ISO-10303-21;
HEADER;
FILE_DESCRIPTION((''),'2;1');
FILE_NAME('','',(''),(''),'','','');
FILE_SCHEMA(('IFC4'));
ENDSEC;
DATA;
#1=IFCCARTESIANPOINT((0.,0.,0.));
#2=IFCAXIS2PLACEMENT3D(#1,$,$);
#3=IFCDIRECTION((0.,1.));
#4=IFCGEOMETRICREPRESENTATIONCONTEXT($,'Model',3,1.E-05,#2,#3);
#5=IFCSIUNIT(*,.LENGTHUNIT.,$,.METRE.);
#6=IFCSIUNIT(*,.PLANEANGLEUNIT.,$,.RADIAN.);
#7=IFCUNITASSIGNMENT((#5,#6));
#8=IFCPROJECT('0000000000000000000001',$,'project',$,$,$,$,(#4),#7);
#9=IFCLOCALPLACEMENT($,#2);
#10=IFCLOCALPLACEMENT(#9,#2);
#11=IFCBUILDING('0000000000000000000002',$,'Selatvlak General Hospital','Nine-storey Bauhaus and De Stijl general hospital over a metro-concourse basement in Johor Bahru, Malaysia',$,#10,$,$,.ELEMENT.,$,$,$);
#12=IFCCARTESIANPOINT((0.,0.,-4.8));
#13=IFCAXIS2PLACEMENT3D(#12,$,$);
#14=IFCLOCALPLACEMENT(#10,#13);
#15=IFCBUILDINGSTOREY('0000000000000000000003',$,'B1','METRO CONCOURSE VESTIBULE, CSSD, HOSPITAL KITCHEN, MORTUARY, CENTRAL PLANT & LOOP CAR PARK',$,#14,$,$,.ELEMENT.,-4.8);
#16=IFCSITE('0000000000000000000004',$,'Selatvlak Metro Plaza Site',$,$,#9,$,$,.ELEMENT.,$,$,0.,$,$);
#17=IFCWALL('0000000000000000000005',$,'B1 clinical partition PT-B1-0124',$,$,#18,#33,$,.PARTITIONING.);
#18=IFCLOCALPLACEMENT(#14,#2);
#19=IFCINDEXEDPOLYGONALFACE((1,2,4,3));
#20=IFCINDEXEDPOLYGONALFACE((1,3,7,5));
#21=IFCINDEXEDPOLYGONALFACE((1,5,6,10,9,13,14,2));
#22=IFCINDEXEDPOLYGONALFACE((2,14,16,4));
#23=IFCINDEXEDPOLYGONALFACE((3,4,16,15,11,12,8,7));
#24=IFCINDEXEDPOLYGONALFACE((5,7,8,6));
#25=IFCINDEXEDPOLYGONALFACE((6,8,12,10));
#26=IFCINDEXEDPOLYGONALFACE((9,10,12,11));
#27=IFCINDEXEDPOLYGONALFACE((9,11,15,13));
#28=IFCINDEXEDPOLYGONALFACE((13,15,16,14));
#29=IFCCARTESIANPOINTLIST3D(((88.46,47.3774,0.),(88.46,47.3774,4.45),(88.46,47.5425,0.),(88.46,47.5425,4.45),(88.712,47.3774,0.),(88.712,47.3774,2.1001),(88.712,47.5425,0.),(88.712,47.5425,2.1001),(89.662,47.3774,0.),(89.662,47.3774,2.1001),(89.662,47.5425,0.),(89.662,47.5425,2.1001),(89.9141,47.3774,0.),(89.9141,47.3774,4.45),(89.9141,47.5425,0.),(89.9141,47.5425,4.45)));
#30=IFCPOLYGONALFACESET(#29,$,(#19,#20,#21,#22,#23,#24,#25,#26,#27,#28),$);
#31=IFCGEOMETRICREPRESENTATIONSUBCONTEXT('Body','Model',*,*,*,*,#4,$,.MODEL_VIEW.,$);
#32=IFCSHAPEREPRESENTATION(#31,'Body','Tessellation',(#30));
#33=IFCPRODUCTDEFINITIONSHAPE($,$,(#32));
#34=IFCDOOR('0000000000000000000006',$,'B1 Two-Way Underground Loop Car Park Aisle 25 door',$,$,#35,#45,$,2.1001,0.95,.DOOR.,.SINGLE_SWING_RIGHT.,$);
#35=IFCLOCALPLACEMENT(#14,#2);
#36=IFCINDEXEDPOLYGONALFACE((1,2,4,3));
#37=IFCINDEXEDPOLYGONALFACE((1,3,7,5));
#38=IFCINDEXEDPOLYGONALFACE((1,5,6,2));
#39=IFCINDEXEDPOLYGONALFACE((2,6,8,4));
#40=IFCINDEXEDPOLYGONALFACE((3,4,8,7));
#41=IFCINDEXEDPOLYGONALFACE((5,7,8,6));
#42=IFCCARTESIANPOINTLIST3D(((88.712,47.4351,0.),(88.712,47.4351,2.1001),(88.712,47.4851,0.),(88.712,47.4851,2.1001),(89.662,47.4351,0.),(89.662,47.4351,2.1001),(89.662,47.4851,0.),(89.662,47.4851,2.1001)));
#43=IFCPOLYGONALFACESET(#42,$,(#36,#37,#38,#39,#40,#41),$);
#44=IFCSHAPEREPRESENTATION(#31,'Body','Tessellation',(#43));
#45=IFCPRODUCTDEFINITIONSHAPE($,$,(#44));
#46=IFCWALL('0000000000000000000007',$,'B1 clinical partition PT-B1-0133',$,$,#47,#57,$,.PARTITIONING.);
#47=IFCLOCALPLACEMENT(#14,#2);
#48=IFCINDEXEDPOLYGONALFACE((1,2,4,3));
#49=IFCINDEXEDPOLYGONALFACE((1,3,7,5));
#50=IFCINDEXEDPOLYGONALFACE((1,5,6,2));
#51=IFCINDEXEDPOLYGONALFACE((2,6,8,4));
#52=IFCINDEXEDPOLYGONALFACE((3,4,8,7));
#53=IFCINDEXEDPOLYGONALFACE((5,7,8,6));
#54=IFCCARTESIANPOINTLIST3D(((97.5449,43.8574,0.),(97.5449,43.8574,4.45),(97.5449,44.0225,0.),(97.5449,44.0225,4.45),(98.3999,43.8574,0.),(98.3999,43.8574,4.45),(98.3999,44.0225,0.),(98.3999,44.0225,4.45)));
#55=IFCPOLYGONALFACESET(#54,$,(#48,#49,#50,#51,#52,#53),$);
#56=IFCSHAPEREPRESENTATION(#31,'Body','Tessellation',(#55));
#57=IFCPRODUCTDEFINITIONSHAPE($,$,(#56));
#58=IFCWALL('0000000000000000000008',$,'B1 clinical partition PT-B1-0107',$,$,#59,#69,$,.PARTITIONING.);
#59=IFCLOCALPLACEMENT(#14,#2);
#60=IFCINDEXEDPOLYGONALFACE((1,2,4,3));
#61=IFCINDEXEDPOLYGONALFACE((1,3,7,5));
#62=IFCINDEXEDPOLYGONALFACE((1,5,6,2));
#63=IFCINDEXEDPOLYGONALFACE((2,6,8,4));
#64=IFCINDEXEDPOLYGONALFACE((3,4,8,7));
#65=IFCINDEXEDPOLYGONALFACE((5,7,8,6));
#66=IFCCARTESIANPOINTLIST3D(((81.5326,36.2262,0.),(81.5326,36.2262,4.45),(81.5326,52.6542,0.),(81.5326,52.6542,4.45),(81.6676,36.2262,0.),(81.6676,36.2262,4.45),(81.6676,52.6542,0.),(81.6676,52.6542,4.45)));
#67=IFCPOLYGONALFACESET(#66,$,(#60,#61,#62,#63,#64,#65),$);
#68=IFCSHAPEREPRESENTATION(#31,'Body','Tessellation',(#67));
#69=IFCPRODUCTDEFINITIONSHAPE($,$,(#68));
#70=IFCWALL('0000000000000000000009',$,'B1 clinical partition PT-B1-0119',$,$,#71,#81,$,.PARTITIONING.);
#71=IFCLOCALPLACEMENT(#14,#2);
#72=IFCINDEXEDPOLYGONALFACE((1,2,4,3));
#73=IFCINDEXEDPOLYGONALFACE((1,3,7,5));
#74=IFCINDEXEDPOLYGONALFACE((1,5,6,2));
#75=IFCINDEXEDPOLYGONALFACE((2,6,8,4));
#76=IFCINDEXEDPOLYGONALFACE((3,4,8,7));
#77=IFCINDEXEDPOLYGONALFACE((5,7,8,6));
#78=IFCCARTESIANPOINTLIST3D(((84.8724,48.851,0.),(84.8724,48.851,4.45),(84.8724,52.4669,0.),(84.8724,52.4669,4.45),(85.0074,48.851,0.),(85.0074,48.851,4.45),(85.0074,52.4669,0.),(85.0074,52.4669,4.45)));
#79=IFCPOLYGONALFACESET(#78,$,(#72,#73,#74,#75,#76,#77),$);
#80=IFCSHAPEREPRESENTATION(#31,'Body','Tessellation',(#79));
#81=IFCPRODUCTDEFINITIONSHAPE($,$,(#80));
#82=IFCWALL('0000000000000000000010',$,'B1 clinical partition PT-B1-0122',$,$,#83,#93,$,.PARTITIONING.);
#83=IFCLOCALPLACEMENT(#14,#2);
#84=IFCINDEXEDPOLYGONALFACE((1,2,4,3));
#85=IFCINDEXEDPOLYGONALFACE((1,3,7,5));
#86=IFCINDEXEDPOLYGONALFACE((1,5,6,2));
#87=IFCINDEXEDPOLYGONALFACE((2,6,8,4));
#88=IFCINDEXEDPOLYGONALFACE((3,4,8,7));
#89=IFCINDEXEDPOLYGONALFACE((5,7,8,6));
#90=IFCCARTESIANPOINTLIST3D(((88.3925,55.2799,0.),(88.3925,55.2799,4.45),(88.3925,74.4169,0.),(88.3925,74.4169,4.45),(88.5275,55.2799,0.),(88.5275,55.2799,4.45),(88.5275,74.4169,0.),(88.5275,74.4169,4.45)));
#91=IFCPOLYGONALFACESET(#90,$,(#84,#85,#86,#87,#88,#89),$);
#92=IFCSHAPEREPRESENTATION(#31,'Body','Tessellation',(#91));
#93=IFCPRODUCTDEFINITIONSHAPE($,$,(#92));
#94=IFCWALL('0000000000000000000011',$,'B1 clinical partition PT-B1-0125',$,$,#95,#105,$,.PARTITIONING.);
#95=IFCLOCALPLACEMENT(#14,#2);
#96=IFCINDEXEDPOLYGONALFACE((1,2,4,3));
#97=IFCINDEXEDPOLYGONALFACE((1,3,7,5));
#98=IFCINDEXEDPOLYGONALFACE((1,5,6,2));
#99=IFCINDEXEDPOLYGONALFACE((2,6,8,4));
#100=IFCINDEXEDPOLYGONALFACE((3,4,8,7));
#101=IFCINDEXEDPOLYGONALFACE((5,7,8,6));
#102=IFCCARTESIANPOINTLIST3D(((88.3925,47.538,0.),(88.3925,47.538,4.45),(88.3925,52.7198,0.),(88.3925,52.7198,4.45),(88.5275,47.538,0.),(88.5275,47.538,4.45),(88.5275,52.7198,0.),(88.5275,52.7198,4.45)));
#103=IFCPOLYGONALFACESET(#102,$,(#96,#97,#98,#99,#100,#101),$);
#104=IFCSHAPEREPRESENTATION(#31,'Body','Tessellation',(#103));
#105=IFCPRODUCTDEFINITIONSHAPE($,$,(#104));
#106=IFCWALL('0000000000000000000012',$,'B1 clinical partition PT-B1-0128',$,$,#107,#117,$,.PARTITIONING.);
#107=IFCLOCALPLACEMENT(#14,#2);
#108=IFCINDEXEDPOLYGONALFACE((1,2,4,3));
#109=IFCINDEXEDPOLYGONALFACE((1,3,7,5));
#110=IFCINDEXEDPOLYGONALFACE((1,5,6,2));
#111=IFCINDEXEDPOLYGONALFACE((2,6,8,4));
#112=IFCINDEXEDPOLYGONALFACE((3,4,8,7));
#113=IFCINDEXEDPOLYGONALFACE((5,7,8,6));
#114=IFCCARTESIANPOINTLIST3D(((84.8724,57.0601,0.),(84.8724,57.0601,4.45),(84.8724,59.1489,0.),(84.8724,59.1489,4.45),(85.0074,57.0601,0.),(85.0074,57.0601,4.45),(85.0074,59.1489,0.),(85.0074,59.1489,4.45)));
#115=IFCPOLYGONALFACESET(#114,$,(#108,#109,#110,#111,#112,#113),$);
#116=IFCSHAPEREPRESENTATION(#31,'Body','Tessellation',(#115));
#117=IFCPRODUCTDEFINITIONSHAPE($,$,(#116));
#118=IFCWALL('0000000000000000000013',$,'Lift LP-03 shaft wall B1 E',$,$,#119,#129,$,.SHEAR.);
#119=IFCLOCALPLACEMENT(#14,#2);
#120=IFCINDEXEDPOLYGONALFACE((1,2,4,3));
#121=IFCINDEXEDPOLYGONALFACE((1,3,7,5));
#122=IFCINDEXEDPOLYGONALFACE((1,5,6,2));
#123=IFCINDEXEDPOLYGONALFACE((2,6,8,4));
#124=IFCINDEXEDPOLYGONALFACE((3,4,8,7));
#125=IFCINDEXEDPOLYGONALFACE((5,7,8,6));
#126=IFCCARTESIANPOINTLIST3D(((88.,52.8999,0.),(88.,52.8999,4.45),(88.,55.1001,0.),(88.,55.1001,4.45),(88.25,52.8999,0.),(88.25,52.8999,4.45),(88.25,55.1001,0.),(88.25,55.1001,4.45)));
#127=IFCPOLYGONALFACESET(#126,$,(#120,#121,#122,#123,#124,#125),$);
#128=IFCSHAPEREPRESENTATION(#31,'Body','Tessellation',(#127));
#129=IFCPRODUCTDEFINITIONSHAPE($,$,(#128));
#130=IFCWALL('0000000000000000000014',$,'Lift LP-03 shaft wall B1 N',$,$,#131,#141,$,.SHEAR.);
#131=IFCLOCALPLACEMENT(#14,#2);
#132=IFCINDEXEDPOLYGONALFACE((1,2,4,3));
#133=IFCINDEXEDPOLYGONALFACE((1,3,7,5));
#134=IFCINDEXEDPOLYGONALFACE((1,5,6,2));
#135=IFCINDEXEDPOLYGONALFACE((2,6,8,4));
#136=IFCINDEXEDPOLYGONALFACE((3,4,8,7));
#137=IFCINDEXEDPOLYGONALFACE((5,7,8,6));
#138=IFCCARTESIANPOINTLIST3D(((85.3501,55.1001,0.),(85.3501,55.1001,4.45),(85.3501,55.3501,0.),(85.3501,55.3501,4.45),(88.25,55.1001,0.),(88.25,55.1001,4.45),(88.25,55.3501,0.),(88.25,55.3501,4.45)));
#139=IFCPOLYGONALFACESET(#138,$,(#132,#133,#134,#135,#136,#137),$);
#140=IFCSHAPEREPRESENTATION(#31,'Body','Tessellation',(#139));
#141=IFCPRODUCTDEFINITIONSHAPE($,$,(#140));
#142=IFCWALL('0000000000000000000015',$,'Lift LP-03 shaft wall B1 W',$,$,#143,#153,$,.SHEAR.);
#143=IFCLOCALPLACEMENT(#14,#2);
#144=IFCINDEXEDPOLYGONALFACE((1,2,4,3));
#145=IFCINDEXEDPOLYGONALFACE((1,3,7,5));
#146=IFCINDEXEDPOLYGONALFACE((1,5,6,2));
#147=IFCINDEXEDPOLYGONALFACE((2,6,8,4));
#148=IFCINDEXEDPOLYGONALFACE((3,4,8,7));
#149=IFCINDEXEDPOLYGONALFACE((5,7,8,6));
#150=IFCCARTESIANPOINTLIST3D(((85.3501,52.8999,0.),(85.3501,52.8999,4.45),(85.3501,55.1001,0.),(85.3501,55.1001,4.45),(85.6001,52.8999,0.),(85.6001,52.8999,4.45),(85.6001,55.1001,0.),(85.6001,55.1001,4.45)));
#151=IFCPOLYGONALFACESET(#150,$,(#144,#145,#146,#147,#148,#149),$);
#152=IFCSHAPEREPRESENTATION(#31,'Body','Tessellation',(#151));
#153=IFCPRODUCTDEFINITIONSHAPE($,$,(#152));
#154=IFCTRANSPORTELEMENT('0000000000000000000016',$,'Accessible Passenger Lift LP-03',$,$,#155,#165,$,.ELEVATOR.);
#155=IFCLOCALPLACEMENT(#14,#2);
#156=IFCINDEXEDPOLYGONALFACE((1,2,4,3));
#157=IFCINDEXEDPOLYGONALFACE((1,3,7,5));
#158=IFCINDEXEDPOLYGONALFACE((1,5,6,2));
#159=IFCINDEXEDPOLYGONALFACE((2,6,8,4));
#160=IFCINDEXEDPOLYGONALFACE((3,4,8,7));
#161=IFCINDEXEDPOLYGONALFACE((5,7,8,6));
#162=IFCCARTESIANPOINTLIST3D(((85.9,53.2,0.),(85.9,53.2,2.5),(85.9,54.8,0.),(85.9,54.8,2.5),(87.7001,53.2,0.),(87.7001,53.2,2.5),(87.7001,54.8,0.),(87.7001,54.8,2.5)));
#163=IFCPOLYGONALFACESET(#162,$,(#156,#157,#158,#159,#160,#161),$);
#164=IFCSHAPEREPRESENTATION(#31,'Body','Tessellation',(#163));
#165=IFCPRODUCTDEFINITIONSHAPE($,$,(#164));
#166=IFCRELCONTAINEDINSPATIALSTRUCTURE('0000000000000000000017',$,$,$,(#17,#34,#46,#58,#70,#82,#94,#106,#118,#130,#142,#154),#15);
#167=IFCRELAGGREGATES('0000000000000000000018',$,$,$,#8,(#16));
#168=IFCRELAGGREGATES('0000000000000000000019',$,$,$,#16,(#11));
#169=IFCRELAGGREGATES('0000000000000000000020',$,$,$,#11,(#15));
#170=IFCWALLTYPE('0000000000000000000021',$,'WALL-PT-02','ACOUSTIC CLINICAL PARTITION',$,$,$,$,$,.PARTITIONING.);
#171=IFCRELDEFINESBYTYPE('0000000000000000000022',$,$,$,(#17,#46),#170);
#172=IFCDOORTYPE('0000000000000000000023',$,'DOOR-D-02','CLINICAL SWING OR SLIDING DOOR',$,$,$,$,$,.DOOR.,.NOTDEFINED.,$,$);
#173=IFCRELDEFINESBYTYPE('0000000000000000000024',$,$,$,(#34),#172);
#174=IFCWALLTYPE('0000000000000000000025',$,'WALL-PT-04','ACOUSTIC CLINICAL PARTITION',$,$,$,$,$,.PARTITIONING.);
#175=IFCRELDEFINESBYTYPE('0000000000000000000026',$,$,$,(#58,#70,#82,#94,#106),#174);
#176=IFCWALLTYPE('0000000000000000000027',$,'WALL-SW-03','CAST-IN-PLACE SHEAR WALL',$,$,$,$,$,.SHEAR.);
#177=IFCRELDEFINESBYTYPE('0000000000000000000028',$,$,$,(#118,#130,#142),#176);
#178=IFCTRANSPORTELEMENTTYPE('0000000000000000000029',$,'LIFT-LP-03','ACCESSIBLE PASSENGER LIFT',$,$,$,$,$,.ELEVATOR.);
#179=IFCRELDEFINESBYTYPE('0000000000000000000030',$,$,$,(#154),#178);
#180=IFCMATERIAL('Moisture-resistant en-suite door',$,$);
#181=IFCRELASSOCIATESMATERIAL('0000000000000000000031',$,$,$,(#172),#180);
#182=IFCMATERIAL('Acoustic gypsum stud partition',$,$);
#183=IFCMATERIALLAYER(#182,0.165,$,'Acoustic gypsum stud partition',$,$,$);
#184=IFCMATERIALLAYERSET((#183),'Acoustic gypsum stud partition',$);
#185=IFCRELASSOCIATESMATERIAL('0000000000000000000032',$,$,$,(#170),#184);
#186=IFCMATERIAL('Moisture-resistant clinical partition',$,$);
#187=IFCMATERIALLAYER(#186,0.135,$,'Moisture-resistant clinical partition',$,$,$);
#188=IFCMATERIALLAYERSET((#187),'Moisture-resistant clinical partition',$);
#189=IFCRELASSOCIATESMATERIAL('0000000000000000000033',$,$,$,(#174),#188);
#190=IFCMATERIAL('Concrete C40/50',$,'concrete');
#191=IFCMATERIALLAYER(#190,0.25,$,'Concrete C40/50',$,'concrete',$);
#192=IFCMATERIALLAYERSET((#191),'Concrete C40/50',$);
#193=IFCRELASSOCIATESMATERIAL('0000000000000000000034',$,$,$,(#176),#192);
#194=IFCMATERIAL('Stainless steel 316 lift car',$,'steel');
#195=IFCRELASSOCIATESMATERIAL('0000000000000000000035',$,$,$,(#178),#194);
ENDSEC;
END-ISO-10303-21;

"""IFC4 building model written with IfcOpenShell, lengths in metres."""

from ifc_helpers import new_model, si_unit, direction, frame, frame_2d, origin, origin_2d, place, context, subcontext, project, spatial, rectangle, extrude, material, layer, layer_set, type_object, element, fill, save


model = new_model("IFC4")

# Units and contexts
model_context = context("Model", 3, precision=1e-05, world=origin(), true_north=direction((0.0, 1.0)))
body_context = subcontext(model_context, "Body", "Model", "MODEL_VIEW")
ifc_project = project(units=[si_unit("LENGTHUNIT", "METRE"), si_unit("PLANEANGLEUNIT", "RADIAN")], contexts=[model_context])

# Site, building, storey
site_placement = place(None, origin())
site = spatial("IfcSite", under=ifc_project, at=site_placement, Name="Selatvlak Metro Plaza Site", CompositionType="ELEMENT", RefElevation=0.0)
building_placement = place(site_placement, origin())
building = spatial("IfcBuilding", under=site, at=building_placement, Name="Selatvlak General Hospital", Description="Nine-storey Bauhaus and De Stijl general hospital over a metro-concourse basement in Johor Bahru, Malaysia", CompositionType="ELEMENT")
storey_placement = place(building_placement, frame((0.0, 0.0, -4.8)))
storey = spatial("IfcBuildingStorey", under=building, at=storey_placement, Name="B1", Description="METRO CONCOURSE VESTIBULE, CSSD, HOSPITAL KITCHEN, MORTUARY, CENTRAL PLANT & LOOP CAR PARK", CompositionType="ELEMENT", Elevation=-4.8)

# Shared definitions
ifc_material_1 = material(Name="Concrete C40/50", Category="concrete")

# Shared definitions
ifc_material_2 = material(Name="Acoustic gypsum stud partition")

# Shared definitions
ifc_material_3 = material(Name="Moisture-resistant en-suite door")
door_type_1 = type_object("IfcDoorType", Name="DOOR-D-02", Description="CLINICAL SWING OR SLIDING DOOR", OperationType="NOTDEFINED", PredefinedType="DOOR", material=ifc_material_3)

# Wall, opening, door
ifc_layer_1 = layer(ifc_material_2, 0.165, Name="Acoustic gypsum stud partition")
ifc_layer_set_1 = layer_set([ifc_layer_1], Name="Acoustic gypsum stud partition")
wall_type_1 = type_object("IfcWallType", Name="WALL-PT-02", Description="ACOUSTIC CLINICAL PARTITION", PredefinedType="PARTITIONING", material=ifc_layer_set_1)
wall_1_placement = place(storey_placement, frame((89.9141, 47.46, 0.0), z_axis=(0.0, 0.0, 1.0), x_axis=(-1.0, 0.0, 0.0)))
wall_1 = element("IfcWall", 1, at=wall_1_placement, inside=storey, type_object=wall_type_1, Name="B1 clinical partition PT-B1-0124", PredefinedType="PARTITIONING", context=body_context, shape_type="SweptSolid", body=[
    extrude(rectangle(XDim=1.4541, YDim=0.165, at=frame_2d((0.7271, 0.0))), origin(), (0.0, 0.0, 1.0), 4.45),
])
opening_1_placement = place(wall_1_placement, frame((0.252, 0.0, 0.0)))
opening_1 = element("IfcOpeningElement", 2, at=opening_1_placement, cuts=wall_1, PredefinedType="OPENING", context=body_context, shape_type="SweptSolid", body=[
    extrude(rectangle(XDim=0.95, YDim=2.1001, at=frame_2d((0.4751, 1.05))), frame((0.0, 0.0925, 0.0), z_axis=(0.0, -1.0, 0.0), x_axis=(1.0, 0.0, 0.0)), (0.0, 0.0, 1.0), 0.1851),
])
door_1_placement = place(opening_1_placement, origin())
door_1 = element("IfcDoor", 3, at=door_1_placement, inside=storey, type_object=door_type_1, Name="B1 Two-Way Underground Loop Car Park Aisle 25 door", OperationType="SINGLE_SWING_RIGHT", OverallHeight=2.1001, OverallWidth=0.95, PredefinedType="DOOR", context=body_context, shape_type="SweptSolid", body=[
    extrude(rectangle(XDim=0.95, YDim=2.1001, at=frame_2d((0.4751, 1.05))), frame((0.0, 0.0249, 0.0), z_axis=(0.0, -1.0, 0.0), x_axis=(1.0, 0.0, 0.0)), (0.0, 0.0, 1.0), 0.05),
])
fill(opening_1, door_1)

# Wall
wall_2_placement = place(storey_placement, frame((97.5449, 43.9399, 0.0), z_axis=(0.0, 0.0, 1.0), x_axis=(1.0, 0.0, 0.0)))
element("IfcWall", 4, at=wall_2_placement, inside=storey, type_object=wall_type_1, Name="B1 clinical partition PT-B1-0133", PredefinedType="PARTITIONING", context=body_context, shape_type="SweptSolid", body=[
    extrude(rectangle(XDim=0.855, YDim=0.165, at=frame_2d((0.4275, 0.0))), origin(), (0.0, 0.0, 1.0), 4.45),
])

# Walls
ifc_material_4 = material(Name="Moisture-resistant clinical partition")
ifc_layer_2 = layer(ifc_material_4, 0.135, Name="Moisture-resistant clinical partition")
ifc_layer_set_2 = layer_set([ifc_layer_2], Name="Moisture-resistant clinical partition")
wall_type_2 = type_object("IfcWallType", Name="WALL-PT-04", Description="ACOUSTIC CLINICAL PARTITION", PredefinedType="PARTITIONING", material=ifc_layer_set_2)
wall_3_placement = place(storey_placement, frame((81.6001, 52.6541, 0.0), z_axis=(0.0, 0.0, 1.0), x_axis=(0.0, -1.0, 0.0)))
element("IfcWall", 5, at=wall_3_placement, inside=storey, type_object=wall_type_2, Name="B1 clinical partition PT-B1-0107", PredefinedType="PARTITIONING", context=body_context, shape_type="SweptSolid", body=[
    extrude(rectangle(XDim=16.428, YDim=0.135, at=frame_2d((8.2139, 0.0))), origin(), (0.0, 0.0, 1.0), 4.45),
])
wall_4_placement = place(storey_placement, frame((84.9399, 52.467, 0.0), z_axis=(0.0, 0.0, 1.0), x_axis=(0.0, -1.0, 0.0)))
element("IfcWall", 6, at=wall_4_placement, inside=storey, type_object=wall_type_2, Name="B1 clinical partition PT-B1-0119", PredefinedType="PARTITIONING", context=body_context, shape_type="SweptSolid", body=[
    extrude(rectangle(XDim=3.616, YDim=0.135, at=frame_2d((1.8081, 0.0))), origin(), (0.0, 0.0, 1.0), 4.45),
])
wall_5_placement = place(storey_placement, frame((88.46, 55.28, 0.0), z_axis=(0.0, 0.0, 1.0), x_axis=(0.0, 1.0, 0.0)))
element("IfcWall", 7, at=wall_5_placement, inside=storey, type_object=wall_type_2, Name="B1 clinical partition PT-B1-0122", PredefinedType="PARTITIONING", context=body_context, shape_type="SweptSolid", body=[
    extrude(rectangle(XDim=19.137, YDim=0.135, at=frame_2d((9.5684, 0.0))), origin(), (0.0, 0.0, 1.0), 4.45),
])
wall_6_placement = place(storey_placement, frame((88.46, 47.5381, 0.0), z_axis=(0.0, 0.0, 1.0), x_axis=(0.0, 1.0, 0.0)))
element("IfcWall", 8, at=wall_6_placement, inside=storey, type_object=wall_type_2, Name="B1 clinical partition PT-B1-0125", PredefinedType="PARTITIONING", context=body_context, shape_type="SweptSolid", body=[
    extrude(rectangle(XDim=5.1819, YDim=0.135, at=frame_2d((2.5908, 0.0))), origin(), (0.0, 0.0, 1.0), 4.45),
])
wall_7_placement = place(storey_placement, frame((84.9399, 59.1489, 0.0), z_axis=(0.0, 0.0, 1.0), x_axis=(0.0, -1.0, 0.0)))
element("IfcWall", 9, at=wall_7_placement, inside=storey, type_object=wall_type_2, Name="B1 clinical partition PT-B1-0128", PredefinedType="PARTITIONING", context=body_context, shape_type="SweptSolid", body=[
    extrude(rectangle(XDim=2.0889, YDim=0.135, at=frame_2d((1.0444, 0.0))), origin(), (0.0, 0.0, 1.0), 4.45),
])

# Shared definitions
ifc_layer_3 = layer(ifc_material_1, 0.25, Name="Concrete C40/50", Category="concrete")
ifc_layer_set_3 = layer_set([ifc_layer_3], Name="Concrete C40/50")
wall_type_3 = type_object("IfcWallType", Name="WALL-SW-03", Description="CAST-IN-PLACE SHEAR WALL", PredefinedType="SHEAR", material=ifc_layer_set_3)

# Walls
wall_8_placement = place(storey_placement, frame((88.125, 52.8999, 0.0), z_axis=(0.0, 0.0, 1.0), x_axis=(0.0, 1.0, 0.0)))
element("IfcWall", 10, at=wall_8_placement, inside=storey, type_object=wall_type_3, Name="Lift LP-03 shaft wall B1 E", PredefinedType="SHEAR", context=body_context, shape_type="SweptSolid", body=[
    extrude(rectangle(XDim=2.2002, YDim=0.25, at=frame_2d((1.1001, 0.0))), origin(), (0.0, 0.0, 1.0), 4.45),
])
wall_9_placement = place(storey_placement, frame((88.25, 55.2251, 0.0), z_axis=(0.0, 0.0, 1.0), x_axis=(-1.0, 0.0, 0.0)))
element("IfcWall", 11, at=wall_9_placement, inside=storey, type_object=wall_type_3, Name="Lift LP-03 shaft wall B1 N", PredefinedType="SHEAR", context=body_context, shape_type="SweptSolid", body=[
    extrude(rectangle(XDim=2.8999, YDim=0.25, at=frame_2d((1.45, 0.0))), origin(), (0.0, 0.0, 1.0), 4.45),
])
wall_10_placement = place(storey_placement, frame((85.4751, 55.1001, 0.0), z_axis=(0.0, 0.0, 1.0), x_axis=(0.0, -1.0, 0.0)))
element("IfcWall", 12, at=wall_10_placement, inside=storey, type_object=wall_type_3, Name="Lift LP-03 shaft wall B1 W", PredefinedType="SHEAR", context=body_context, shape_type="SweptSolid", body=[
    extrude(rectangle(XDim=2.2002, YDim=0.25, at=frame_2d((1.1001, 0.0))), origin(), (0.0, 0.0, 1.0), 4.45),
])

# Transport element
ifc_material_5 = material(Name="Stainless steel 316 lift car", Category="steel")
transport_element_type = type_object("IfcTransportElementType", Name="LIFT-LP-03", Description="ACCESSIBLE PASSENGER LIFT", PredefinedType="ELEVATOR", material=ifc_material_5)
transport_element_placement = place(storey_placement, frame((86.8, 54.0, 0.0), z_axis=(0.0, 0.0, 1.0), x_axis=(1.0, 0.0, 0.0)))
element("IfcTransportElement", 13, at=transport_element_placement, inside=storey, type_object=transport_element_type, Name="Accessible Passenger Lift LP-03", PredefinedType="ELEVATOR", context=body_context, shape_type="SweptSolid", body=[
    extrude(rectangle(XDim=1.8, YDim=1.6001, at=origin_2d()), origin(), (0.0, 0.0, 1.0), 2.5),
])

save(model, "model.ifc")
